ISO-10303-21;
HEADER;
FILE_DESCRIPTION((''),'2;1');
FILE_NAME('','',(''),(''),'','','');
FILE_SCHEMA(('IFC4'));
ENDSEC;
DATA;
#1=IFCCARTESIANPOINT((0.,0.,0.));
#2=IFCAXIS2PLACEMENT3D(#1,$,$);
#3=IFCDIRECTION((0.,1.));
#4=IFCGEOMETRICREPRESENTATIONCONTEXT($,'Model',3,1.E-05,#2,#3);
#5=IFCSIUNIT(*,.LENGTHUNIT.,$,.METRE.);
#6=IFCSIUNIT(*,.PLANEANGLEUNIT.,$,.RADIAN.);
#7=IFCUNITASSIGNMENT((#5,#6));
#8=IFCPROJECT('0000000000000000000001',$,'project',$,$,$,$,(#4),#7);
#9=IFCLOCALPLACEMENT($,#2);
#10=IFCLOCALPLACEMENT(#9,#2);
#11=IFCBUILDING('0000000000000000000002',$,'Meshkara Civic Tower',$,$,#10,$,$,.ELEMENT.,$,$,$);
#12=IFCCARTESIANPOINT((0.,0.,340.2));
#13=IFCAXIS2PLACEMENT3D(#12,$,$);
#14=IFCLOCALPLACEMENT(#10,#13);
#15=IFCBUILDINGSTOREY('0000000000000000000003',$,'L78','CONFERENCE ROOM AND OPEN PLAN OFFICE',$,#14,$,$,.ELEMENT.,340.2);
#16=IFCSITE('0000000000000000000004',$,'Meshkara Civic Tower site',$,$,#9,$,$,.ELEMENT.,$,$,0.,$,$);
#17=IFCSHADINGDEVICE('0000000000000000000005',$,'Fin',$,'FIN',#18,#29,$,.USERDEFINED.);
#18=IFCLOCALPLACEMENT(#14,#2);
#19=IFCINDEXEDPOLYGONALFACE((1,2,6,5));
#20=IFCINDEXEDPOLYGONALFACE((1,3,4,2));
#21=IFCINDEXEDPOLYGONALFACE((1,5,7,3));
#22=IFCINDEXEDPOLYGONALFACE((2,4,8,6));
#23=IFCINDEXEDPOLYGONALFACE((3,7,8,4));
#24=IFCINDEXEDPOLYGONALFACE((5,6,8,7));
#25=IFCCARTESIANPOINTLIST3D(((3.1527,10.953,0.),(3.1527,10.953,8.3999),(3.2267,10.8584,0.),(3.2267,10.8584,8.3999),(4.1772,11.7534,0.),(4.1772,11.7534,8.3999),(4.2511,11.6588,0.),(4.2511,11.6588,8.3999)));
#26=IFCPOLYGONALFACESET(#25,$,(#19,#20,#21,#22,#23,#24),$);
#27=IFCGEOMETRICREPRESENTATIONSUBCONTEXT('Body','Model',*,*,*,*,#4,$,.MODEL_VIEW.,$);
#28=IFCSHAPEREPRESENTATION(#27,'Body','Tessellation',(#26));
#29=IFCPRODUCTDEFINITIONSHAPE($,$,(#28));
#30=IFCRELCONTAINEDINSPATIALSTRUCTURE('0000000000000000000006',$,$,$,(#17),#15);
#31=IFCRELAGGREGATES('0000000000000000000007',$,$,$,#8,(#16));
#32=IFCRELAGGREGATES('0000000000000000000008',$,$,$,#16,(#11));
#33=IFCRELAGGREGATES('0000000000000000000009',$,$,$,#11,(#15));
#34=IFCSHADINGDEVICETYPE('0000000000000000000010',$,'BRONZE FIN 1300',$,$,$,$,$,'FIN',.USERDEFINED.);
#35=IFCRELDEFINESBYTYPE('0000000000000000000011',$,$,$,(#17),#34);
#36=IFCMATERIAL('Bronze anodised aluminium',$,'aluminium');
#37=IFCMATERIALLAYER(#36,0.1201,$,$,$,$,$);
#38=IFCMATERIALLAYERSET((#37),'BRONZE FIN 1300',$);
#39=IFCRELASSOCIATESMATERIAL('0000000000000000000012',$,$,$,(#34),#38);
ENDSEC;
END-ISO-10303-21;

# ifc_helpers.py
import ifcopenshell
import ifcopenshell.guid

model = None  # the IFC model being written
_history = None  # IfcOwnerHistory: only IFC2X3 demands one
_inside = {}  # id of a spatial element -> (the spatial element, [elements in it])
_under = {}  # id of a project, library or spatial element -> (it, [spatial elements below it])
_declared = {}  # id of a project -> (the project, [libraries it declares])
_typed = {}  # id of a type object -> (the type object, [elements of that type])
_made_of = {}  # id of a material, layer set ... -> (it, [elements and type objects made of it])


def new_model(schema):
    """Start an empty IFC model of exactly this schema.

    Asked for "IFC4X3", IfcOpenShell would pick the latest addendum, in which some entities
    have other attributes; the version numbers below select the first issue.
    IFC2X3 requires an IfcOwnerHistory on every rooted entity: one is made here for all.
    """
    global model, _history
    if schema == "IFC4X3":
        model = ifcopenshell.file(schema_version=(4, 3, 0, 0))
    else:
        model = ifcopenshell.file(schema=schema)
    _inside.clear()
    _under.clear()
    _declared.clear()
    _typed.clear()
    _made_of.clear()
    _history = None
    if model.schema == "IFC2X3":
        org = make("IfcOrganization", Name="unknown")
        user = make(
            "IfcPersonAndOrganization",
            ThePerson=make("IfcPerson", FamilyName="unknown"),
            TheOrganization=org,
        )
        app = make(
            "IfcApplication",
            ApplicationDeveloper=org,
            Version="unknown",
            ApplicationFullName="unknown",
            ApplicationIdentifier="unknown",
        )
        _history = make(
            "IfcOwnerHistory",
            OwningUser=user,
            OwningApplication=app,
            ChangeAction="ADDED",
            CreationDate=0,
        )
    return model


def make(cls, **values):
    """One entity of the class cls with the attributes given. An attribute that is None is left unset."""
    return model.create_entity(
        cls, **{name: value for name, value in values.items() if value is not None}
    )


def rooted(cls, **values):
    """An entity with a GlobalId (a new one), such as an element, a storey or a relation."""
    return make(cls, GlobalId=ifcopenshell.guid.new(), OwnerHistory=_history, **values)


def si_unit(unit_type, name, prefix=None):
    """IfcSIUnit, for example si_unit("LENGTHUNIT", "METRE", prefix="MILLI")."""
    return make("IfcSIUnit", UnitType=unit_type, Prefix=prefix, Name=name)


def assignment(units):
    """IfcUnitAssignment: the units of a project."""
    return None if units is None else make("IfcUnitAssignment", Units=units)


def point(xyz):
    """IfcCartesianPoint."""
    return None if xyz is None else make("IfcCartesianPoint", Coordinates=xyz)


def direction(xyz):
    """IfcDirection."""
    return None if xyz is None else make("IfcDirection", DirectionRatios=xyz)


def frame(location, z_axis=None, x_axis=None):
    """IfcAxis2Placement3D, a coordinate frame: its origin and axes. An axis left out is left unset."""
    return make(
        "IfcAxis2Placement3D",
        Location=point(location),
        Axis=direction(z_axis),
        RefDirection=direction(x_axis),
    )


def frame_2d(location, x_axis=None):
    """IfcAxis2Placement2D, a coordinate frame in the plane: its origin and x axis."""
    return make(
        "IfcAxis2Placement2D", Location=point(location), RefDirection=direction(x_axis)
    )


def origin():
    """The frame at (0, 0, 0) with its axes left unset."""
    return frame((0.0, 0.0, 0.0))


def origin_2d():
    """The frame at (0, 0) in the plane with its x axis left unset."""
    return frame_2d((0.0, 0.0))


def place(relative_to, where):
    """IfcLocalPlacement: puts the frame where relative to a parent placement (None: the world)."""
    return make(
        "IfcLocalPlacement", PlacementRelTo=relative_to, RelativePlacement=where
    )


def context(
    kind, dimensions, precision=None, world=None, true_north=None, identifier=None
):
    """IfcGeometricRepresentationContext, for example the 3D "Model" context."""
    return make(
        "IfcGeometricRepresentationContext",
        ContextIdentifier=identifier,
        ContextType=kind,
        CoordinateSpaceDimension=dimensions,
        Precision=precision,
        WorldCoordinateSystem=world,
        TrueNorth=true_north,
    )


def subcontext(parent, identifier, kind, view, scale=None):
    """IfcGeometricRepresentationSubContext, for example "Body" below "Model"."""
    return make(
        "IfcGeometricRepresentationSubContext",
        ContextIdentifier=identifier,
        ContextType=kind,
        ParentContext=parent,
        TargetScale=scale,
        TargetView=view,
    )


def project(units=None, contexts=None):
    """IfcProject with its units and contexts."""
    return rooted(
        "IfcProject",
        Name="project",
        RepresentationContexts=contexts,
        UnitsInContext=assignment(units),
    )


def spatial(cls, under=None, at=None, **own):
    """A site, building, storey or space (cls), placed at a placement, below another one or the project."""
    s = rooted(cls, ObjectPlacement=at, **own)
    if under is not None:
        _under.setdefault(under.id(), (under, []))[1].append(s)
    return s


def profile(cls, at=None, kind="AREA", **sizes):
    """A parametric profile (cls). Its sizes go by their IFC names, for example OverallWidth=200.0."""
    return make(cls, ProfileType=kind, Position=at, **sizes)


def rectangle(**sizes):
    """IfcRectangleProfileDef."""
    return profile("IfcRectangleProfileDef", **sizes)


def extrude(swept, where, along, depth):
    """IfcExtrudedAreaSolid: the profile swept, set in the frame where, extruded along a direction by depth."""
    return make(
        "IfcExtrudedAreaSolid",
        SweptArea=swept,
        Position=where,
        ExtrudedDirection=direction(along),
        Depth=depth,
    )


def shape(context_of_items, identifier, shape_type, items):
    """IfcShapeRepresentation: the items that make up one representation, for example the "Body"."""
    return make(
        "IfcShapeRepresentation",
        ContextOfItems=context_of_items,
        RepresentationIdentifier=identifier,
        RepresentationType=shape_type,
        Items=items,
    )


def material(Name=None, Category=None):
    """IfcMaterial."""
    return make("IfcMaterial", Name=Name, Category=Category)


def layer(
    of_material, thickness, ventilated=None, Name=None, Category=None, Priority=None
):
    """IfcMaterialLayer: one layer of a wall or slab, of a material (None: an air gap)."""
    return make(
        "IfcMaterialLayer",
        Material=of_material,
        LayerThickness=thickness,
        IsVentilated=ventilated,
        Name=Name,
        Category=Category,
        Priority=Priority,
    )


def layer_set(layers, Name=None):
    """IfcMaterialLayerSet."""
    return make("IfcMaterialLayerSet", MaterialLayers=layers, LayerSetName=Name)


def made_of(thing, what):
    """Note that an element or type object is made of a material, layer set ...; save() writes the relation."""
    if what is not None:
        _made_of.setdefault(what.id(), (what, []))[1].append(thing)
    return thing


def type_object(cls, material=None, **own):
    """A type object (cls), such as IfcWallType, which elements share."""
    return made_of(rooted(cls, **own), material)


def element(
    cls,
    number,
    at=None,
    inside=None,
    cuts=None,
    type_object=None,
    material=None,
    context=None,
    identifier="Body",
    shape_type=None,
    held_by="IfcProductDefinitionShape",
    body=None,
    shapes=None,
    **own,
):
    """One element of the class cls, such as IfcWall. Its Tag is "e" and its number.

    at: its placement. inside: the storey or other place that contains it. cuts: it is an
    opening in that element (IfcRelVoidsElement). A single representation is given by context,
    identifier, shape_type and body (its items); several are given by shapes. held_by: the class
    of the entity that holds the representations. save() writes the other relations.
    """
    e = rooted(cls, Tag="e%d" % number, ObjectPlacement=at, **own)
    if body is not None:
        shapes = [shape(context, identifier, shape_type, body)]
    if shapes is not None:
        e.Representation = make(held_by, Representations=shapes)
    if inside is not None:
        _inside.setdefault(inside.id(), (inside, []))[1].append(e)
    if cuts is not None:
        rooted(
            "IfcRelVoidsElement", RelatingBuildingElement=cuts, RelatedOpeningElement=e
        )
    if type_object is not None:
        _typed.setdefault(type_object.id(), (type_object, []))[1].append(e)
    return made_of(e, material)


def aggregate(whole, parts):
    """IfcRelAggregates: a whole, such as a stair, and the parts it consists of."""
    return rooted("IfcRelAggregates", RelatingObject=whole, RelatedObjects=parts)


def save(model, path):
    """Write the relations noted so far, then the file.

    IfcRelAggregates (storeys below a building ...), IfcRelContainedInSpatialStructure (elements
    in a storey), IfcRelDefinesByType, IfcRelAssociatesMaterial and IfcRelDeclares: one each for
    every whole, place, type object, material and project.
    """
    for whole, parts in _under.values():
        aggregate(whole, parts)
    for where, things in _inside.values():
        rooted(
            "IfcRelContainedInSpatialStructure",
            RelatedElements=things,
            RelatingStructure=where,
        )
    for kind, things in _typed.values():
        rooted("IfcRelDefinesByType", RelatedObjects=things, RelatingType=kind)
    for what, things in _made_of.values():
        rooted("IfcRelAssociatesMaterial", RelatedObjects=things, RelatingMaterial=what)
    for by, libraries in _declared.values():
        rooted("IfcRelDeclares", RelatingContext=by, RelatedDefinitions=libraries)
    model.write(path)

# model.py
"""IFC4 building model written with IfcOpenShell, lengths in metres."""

from ifc_helpers import new_model, si_unit, direction, frame, origin, origin_2d, place, context, subcontext, project, spatial, rectangle, extrude, material, layer, layer_set, type_object, element, save


model = new_model("IFC4")

# Units and contexts
model_context = context("Model", 3, precision=1e-05, world=origin(), true_north=direction((0.0, 1.0)))
body_context = subcontext(model_context, "Body", "Model", "MODEL_VIEW")
ifc_project = project(units=[si_unit("LENGTHUNIT", "METRE"), si_unit("PLANEANGLEUNIT", "RADIAN")], contexts=[model_context])

# Site, building, storey
site_placement = place(None, origin())
site = spatial("IfcSite", under=ifc_project, at=site_placement, Name="Meshkara Civic Tower site", CompositionType="ELEMENT", RefElevation=0.0)
building_placement = place(site_placement, origin())
building = spatial("IfcBuilding", under=site, at=building_placement, Name="Meshkara Civic Tower", CompositionType="ELEMENT")
storey_placement = place(building_placement, frame((0.0, 0.0, 340.2)))
storey = spatial("IfcBuildingStorey", under=building, at=storey_placement, Name="L78", Description="CONFERENCE ROOM AND OPEN PLAN OFFICE", CompositionType="ELEMENT", Elevation=340.2)

# Shading device
ifc_material_1 = material(Name="Bronze anodised aluminium", Category="aluminium")
ifc_layer_1 = layer(ifc_material_1, 0.1201)
ifc_layer_set_1 = layer_set([ifc_layer_1], Name="BRONZE FIN 1300")
shading_device_type = type_object("IfcShadingDeviceType", Name="BRONZE FIN 1300", ElementType="FIN", PredefinedType="USERDEFINED", material=ifc_layer_set_1)
for number, where, z_axis, x_axis, name in (
    (1, (3.7019, 11.3059, 0.0), (0.0, 0.0, 1.0), (0.615661, -0.788011, 0.0), "Fin"),
):
    element("IfcShadingDevice", number, at=place(storey_placement, frame(where, z_axis=z_axis, x_axis=x_axis)), inside=storey, type_object=shading_device_type, Name=name, ObjectType="FIN", PredefinedType="USERDEFINED", context=body_context, shape_type="SweptSolid", body=[
        extrude(rectangle(XDim=0.1201, YDim=1.3, at=origin_2d()), origin(), (0.0, 0.0, 1.0), 8.3999),
    ])

save(model, "model.ifc")
